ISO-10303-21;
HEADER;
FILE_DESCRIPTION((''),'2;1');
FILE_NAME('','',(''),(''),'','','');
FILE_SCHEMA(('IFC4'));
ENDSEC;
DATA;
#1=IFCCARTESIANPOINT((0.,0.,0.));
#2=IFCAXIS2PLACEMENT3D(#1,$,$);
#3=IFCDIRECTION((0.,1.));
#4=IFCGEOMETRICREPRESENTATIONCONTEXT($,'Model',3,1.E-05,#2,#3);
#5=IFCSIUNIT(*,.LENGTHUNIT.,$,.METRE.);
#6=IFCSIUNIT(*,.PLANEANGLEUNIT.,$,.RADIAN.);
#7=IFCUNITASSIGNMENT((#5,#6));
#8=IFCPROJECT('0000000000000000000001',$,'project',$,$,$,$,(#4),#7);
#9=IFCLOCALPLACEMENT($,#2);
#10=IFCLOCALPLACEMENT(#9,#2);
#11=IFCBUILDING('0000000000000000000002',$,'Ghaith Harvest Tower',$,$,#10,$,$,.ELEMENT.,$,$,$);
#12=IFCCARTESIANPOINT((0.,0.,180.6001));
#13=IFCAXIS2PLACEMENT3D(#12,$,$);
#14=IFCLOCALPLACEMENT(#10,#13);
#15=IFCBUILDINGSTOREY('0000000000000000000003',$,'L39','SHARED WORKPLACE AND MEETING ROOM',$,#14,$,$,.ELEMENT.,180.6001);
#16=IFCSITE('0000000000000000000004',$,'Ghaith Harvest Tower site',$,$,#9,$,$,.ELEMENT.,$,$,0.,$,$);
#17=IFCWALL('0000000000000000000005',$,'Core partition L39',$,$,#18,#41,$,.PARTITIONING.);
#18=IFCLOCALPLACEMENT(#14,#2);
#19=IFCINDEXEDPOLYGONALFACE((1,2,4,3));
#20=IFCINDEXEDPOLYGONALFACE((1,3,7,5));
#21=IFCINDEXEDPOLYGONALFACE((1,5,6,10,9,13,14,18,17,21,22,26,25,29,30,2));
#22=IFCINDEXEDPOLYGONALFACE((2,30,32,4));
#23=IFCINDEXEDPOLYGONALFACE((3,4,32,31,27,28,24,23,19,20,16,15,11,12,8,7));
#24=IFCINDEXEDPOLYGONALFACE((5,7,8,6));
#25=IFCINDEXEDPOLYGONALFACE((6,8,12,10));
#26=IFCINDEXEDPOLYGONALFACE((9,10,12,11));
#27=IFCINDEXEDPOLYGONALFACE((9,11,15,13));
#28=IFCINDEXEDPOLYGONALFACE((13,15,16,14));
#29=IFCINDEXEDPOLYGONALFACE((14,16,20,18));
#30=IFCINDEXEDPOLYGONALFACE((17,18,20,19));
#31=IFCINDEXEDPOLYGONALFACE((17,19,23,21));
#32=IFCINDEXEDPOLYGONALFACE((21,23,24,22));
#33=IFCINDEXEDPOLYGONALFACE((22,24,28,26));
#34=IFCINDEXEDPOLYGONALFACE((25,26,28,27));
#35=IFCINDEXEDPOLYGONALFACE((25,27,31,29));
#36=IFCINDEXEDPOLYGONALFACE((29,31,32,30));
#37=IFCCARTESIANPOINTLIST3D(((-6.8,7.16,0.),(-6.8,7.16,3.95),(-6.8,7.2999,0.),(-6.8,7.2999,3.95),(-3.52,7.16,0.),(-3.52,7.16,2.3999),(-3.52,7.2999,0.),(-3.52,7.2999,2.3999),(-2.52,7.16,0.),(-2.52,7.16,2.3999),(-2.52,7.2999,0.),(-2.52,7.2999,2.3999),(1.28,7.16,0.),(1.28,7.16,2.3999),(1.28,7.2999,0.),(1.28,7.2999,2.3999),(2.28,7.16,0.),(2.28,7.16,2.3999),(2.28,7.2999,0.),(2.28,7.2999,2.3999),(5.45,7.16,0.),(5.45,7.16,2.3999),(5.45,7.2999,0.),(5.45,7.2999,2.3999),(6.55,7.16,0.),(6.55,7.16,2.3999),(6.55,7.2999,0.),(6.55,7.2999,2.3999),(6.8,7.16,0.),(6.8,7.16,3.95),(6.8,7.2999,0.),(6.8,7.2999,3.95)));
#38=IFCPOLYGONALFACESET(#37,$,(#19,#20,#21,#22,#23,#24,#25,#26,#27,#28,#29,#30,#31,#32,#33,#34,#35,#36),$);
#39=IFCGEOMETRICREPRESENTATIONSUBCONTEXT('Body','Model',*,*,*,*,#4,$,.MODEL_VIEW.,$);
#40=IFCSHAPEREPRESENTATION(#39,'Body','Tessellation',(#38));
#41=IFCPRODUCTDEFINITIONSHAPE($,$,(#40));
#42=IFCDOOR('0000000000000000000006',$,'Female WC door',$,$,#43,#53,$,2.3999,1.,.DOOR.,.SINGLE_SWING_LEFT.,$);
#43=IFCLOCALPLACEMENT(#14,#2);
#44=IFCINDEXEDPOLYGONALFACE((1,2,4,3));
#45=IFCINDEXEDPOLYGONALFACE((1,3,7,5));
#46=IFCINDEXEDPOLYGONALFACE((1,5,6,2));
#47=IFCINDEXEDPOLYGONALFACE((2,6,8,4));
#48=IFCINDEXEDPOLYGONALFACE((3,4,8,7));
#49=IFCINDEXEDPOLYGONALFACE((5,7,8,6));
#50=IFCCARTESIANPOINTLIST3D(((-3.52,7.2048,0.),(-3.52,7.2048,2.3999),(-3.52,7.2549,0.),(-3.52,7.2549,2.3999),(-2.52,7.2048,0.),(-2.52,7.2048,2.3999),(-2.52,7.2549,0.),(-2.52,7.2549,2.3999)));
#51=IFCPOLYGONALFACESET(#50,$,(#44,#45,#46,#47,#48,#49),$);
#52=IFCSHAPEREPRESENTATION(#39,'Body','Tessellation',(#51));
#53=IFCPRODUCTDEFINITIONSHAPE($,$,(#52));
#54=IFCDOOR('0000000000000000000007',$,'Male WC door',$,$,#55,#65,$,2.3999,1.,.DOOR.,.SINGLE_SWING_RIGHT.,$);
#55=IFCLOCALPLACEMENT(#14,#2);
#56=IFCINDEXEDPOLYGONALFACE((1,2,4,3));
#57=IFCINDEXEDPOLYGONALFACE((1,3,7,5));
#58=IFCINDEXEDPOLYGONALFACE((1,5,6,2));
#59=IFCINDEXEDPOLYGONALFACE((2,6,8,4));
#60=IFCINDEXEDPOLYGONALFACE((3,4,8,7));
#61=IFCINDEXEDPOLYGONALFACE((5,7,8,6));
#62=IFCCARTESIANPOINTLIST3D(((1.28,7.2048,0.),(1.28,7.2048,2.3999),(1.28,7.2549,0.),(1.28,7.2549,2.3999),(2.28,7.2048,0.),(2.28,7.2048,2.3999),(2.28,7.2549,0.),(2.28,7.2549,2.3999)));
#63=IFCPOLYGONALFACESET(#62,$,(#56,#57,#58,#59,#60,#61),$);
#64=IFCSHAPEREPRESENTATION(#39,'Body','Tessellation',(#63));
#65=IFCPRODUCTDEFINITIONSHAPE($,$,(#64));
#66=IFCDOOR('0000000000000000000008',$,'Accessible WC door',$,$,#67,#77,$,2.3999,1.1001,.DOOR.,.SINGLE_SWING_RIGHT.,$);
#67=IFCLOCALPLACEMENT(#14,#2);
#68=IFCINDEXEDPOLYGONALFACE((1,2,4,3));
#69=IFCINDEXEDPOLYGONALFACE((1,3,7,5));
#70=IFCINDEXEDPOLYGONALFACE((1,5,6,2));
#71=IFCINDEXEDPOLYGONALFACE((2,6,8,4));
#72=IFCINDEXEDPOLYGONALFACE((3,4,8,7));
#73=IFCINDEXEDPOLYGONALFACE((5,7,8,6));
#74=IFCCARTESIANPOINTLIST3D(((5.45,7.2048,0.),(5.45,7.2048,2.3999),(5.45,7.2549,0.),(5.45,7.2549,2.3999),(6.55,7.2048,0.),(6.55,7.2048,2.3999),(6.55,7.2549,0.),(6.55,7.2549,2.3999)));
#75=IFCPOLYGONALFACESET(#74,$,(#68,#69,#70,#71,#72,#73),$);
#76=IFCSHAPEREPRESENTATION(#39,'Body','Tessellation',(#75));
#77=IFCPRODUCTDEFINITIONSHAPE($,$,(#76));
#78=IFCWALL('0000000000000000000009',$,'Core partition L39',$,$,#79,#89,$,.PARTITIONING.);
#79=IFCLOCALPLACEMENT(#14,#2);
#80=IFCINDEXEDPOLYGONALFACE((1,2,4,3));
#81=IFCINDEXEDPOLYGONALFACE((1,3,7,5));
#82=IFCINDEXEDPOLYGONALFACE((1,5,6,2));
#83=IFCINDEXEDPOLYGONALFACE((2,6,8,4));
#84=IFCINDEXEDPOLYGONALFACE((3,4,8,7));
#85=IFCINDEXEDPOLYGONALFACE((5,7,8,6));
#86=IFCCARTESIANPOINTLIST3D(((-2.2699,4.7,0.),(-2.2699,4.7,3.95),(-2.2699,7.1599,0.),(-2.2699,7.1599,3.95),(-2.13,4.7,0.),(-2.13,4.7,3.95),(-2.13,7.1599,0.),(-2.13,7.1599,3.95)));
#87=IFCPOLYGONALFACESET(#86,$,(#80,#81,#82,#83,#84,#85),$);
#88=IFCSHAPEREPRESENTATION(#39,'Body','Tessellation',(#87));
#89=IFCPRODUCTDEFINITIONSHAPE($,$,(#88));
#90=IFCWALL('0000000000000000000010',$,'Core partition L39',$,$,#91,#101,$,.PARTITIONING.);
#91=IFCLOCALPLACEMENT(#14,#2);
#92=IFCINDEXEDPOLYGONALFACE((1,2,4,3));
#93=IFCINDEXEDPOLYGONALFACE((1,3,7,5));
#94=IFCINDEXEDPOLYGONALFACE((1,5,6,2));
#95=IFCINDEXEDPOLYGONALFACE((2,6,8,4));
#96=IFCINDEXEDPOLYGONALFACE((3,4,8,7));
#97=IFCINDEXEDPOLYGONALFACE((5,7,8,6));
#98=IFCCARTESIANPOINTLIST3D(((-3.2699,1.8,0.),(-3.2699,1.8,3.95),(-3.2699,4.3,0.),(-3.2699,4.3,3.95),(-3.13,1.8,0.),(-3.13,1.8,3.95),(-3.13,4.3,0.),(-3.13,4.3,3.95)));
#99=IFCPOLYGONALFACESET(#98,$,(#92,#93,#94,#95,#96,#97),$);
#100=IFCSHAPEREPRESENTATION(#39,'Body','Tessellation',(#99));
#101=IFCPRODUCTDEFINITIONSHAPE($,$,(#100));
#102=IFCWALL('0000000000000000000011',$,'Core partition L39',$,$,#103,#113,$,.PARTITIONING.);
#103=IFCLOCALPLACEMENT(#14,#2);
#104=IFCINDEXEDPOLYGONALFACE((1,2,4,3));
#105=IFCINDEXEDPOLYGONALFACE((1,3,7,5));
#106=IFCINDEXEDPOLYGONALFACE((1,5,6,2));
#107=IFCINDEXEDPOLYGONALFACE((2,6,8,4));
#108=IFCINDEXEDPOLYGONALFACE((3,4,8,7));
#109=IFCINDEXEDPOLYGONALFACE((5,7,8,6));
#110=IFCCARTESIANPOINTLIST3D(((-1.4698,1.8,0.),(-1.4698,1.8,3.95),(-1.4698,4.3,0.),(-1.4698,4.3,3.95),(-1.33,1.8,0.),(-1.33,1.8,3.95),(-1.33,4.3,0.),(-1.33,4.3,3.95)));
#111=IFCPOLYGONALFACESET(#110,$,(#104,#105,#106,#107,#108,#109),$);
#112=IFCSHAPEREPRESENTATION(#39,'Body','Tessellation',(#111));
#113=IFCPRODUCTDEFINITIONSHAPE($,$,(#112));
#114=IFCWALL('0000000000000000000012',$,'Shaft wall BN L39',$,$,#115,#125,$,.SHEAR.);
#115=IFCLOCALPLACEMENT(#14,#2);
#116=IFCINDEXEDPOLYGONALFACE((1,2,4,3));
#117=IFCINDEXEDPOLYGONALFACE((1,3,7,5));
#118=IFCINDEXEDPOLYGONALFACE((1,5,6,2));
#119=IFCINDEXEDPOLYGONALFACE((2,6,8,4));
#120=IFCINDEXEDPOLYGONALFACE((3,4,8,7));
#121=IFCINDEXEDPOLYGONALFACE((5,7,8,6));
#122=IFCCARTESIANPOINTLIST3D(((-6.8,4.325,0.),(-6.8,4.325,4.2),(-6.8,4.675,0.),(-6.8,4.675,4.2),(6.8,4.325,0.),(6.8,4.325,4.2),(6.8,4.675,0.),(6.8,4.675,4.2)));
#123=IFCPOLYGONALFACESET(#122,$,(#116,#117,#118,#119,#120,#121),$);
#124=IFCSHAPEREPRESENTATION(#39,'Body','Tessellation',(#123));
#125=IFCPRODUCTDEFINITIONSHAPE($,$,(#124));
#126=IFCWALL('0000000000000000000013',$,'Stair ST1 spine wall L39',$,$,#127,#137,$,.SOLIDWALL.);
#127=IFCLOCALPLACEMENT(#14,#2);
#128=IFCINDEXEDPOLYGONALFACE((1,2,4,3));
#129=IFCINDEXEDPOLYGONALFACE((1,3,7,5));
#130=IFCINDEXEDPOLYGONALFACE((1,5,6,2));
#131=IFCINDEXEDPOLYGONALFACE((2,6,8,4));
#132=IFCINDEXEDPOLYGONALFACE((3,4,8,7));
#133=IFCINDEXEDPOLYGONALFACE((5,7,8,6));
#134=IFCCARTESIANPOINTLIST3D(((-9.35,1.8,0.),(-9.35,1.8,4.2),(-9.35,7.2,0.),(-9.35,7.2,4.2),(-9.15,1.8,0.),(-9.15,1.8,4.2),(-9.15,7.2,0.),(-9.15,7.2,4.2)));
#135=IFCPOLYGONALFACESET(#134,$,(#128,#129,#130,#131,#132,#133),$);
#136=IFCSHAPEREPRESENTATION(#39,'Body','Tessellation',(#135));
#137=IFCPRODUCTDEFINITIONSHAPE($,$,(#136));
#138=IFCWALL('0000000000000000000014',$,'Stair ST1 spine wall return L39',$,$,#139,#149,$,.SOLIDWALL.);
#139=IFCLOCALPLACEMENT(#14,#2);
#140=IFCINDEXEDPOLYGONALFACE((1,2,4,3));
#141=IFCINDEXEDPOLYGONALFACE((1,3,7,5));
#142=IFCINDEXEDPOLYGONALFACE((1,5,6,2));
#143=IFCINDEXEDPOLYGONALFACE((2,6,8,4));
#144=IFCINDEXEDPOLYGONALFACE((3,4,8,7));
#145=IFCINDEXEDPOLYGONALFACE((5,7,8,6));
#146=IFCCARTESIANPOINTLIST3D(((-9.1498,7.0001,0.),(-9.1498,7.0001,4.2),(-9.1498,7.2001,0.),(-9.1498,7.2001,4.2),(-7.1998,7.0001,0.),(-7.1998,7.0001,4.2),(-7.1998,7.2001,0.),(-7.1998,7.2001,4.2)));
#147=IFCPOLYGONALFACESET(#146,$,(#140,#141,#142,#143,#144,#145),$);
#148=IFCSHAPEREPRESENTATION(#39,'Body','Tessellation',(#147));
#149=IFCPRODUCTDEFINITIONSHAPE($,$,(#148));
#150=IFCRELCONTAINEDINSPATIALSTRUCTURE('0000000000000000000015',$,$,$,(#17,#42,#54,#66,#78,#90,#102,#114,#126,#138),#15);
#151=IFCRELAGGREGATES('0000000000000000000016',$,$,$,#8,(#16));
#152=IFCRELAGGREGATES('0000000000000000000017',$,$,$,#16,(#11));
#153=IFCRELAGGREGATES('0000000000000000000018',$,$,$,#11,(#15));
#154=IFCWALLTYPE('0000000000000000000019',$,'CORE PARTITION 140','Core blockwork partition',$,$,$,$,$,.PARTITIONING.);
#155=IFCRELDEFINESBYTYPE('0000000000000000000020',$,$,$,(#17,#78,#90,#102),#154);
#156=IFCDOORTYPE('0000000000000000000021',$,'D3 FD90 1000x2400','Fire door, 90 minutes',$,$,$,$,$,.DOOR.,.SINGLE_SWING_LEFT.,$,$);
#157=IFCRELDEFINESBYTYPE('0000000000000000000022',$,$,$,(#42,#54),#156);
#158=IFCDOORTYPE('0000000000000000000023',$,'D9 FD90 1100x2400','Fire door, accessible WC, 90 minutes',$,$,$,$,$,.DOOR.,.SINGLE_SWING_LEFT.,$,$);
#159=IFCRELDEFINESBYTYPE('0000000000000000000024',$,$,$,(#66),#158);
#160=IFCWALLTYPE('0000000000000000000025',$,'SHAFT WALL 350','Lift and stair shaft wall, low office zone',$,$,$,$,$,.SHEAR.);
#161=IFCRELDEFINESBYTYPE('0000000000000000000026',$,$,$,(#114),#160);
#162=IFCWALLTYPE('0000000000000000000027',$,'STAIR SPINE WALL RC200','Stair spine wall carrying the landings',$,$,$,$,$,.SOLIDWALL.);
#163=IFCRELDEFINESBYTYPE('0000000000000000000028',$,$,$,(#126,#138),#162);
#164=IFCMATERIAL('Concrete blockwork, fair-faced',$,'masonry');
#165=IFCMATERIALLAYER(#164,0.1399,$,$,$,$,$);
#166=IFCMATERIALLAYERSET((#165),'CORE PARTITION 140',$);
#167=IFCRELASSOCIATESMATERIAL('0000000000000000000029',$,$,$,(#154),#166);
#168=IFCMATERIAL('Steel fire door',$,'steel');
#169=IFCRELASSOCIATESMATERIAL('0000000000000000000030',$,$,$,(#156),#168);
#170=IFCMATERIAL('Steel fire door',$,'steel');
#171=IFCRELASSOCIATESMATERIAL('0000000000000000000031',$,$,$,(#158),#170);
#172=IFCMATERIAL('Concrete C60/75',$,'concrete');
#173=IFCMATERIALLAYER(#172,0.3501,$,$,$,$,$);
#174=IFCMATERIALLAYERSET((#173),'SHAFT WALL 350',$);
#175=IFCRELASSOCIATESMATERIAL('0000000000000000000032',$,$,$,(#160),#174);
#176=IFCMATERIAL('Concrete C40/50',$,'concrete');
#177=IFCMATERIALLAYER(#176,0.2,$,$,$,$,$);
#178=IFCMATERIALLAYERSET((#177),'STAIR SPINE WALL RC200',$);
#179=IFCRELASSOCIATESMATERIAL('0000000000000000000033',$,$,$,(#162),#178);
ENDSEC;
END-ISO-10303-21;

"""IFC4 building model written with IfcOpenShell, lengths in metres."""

from ifc_helpers import new_model, si_unit, direction, frame, frame_2d, origin, place, context, subcontext, project, spatial, rectangle, extrude, material, layer, layer_set, type_object, element, fill, save


model = new_model("IFC4")

# Units and contexts
model_context = context("Model", 3, precision=1e-05, world=origin(), true_north=direction((0.0, 1.0)))
body_context = subcontext(model_context, "Body", "Model", "MODEL_VIEW")
ifc_project = project(units=[si_unit("LENGTHUNIT", "METRE"), si_unit("PLANEANGLEUNIT", "RADIAN")], contexts=[model_context])

# Site, building, storey
site_placement = place(None, origin())
site = spatial("IfcSite", under=ifc_project, at=site_placement, Name="Ghaith Harvest Tower site", CompositionType="ELEMENT", RefElevation=0.0)
building_placement = place(site_placement, origin())
building = spatial("IfcBuilding", under=site, at=building_placement, Name="Ghaith Harvest Tower", CompositionType="ELEMENT")
storey_placement = place(building_placement, frame((0.0, 0.0, 180.6001)))
storey = spatial("IfcBuildingStorey", under=building, at=storey_placement, Name="L39", Description="SHARED WORKPLACE AND MEETING ROOM", CompositionType="ELEMENT", Elevation=180.6001)

# Wall, openings, doors
ifc_material_1 = material(Name="Concrete blockwork, fair-faced", Category="masonry")
ifc_layer_1 = layer(ifc_material_1, 0.1399)
ifc_layer_set_1 = layer_set([ifc_layer_1], Name="CORE PARTITION 140")
wall_type_1 = type_object("IfcWallType", Name="CORE PARTITION 140", Description="Core blockwork partition", PredefinedType="PARTITIONING", material=ifc_layer_set_1)
wall_1_placement = place(storey_placement, frame((-6.8, 7.23, 0.0), z_axis=(0.0, 0.0, 1.0), x_axis=(1.0, 0.0, 0.0)))
wall_1 = element("IfcWall", 1, at=wall_1_placement, inside=storey, type_object=wall_type_1, Name="Core partition L39", PredefinedType="PARTITIONING", context=body_context, shape_type="SweptSolid", body=[
    extrude(rectangle(XDim=13.6001, YDim=0.1399, at=frame_2d((6.8, 0.0))), origin(), (0.0, 0.0, 1.0), 3.95),
])
opening_1_placement = place(wall_1_placement, frame((3.28, 0.0, 0.0)))
opening_1 = element("IfcOpeningElement", 2, at=opening_1_placement, cuts=wall_1, PredefinedType="OPENING", context=body_context, shape_type="SweptSolid", body=[
    extrude(rectangle(XDim=1.0, YDim=2.3999, at=frame_2d((0.5, 1.2))), frame((0.0, 0.0801, 0.0), z_axis=(0.0, -1.0, 0.0), x_axis=(1.0, 0.0, 0.0)), (0.0, 0.0, 1.0), 0.1599),
])
opening_2_placement = place(wall_1_placement, frame((8.0801, 0.0, 0.0)))
opening_2 = element("IfcOpeningElement", 3, at=opening_2_placement, cuts=wall_1, PredefinedType="OPENING", context=body_context, shape_type="SweptSolid", body=[
    extrude(rectangle(XDim=1.0, YDim=2.3999, at=frame_2d((0.5, 1.2))), frame((0.0, 0.0801, 0.0), z_axis=(0.0, -1.0, 0.0), x_axis=(1.0, 0.0, 0.0)), (0.0, 0.0, 1.0), 0.1599),
])
opening_3_placement = place(wall_1_placement, frame((12.25, 0.0, 0.0)))
opening_3 = element("IfcOpeningElement", 4, at=opening_3_placement, cuts=wall_1, PredefinedType="OPENING", context=body_context, shape_type="SweptSolid", body=[
    extrude(rectangle(XDim=1.1001, YDim=2.3999, at=frame_2d((0.55, 1.2))), frame((0.0, 0.0801, 0.0), z_axis=(0.0, -1.0, 0.0), x_axis=(1.0, 0.0, 0.0)), (0.0, 0.0, 1.0), 0.1599),
])
ifc_material_2 = material(Name="Steel fire door", Category="steel")
door_type_1 = type_object("IfcDoorType", Name="D3 FD90 1000x2400", Description="Fire door, 90 minutes", OperationType="SINGLE_SWING_LEFT", PredefinedType="DOOR", material=ifc_material_2)
door_1_placement = place(opening_1_placement, origin())
door_1 = element("IfcDoor", 5, at=door_1_placement, inside=storey, type_object=door_type_1, Name="Female WC door", OperationType="SINGLE_SWING_LEFT", OverallHeight=2.3999, OverallWidth=1.0, PredefinedType="DOOR", context=body_context, shape_type="SweptSolid", body=[
    extrude(rectangle(XDim=1.0, YDim=2.3999, at=frame_2d((0.5, 1.2))), frame((0.0, 0.0249, 0.0), z_axis=(0.0, -1.0, 0.0), x_axis=(1.0, 0.0, 0.0)), (0.0, 0.0, 1.0), 0.05),
])
fill(opening_1, door_1)
door_2_placement = place(opening_2_placement, origin())
door_2 = element("IfcDoor", 6, at=door_2_placement, inside=storey, type_object=door_type_1, Name="Male WC door", OperationType="SINGLE_SWING_RIGHT", OverallHeight=2.3999, OverallWidth=1.0, PredefinedType="DOOR", context=body_context, shape_type="SweptSolid", body=[
    extrude(rectangle(XDim=1.0, YDim=2.3999, at=frame_2d((0.5, 1.2))), frame((0.0, 0.0249, 0.0), z_axis=(0.0, -1.0, 0.0), x_axis=(1.0, 0.0, 0.0)), (0.0, 0.0, 1.0), 0.05),
])
fill(opening_2, door_2)
ifc_material_3 = material(Name="Steel fire door", Category="steel")
door_type_2 = type_object("IfcDoorType", Name="D9 FD90 1100x2400", Description="Fire door, accessible WC, 90 minutes", OperationType="SINGLE_SWING_LEFT", PredefinedType="DOOR", material=ifc_material_3)
door_3_placement = place(opening_3_placement, origin())
door_3 = element("IfcDoor", 7, at=door_3_placement, inside=storey, type_object=door_type_2, Name="Accessible WC door", OperationType="SINGLE_SWING_RIGHT", OverallHeight=2.3999, OverallWidth=1.1001, PredefinedType="DOOR", context=body_context, shape_type="SweptSolid", body=[
    extrude(rectangle(XDim=1.1001, YDim=2.3999, at=frame_2d((0.55, 1.2))), frame((0.0, 0.0249, 0.0), z_axis=(0.0, -1.0, 0.0), x_axis=(1.0, 0.0, 0.0)), (0.0, 0.0, 1.0), 0.05),
])
fill(opening_3, door_3)

# Walls
wall_2_placement = place(storey_placement, frame((-2.2, 4.7, 0.0), z_axis=(0.0, 0.0, 1.0), x_axis=(0.0, 1.0, 0.0)))
element("IfcWall", 8, at=wall_2_placement, inside=storey, type_object=wall_type_1, Name="Core partition L39", PredefinedType="PARTITIONING", context=body_context, shape_type="SweptSolid", body=[
    extrude(rectangle(XDim=2.46, YDim=0.1399, at=frame_2d((1.23, 0.0))), origin(), (0.0, 0.0, 1.0), 3.95),
])
for number, where, z_axis, x_axis, name in (
    (9, (-3.2, 1.8, 0.0), (0.0, 0.0, 1.0), (0.0, 1.0, 0.0), "Core partition L39"),
    (10, (-1.3999, 1.8, 0.0), (0.0, 0.0, 1.0), (0.0, 1.0, 0.0), "Core partition L39"),
):
    element("IfcWall", number, at=place(storey_placement, frame(where, z_axis=z_axis, x_axis=x_axis)), inside=storey, type_object=wall_type_1, Name=name, PredefinedType="PARTITIONING", context=body_context, shape_type="SweptSolid", body=[
        extrude(rectangle(XDim=2.5, YDim=0.1399, at=frame_2d((1.25, 0.0))), origin(), (0.0, 0.0, 1.0), 3.95),
    ])

# Shared definitions
ifc_material_4 = material(Name="Concrete C60/75", Category="concrete")
ifc_layer_2 = layer(ifc_material_4, 0.3501)
ifc_layer_set_2 = layer_set([ifc_layer_2], Name="SHAFT WALL 350")
wall_type_2 = type_object("IfcWallType", Name="SHAFT WALL 350", Description="Lift and stair shaft wall, low office zone", PredefinedType="SHEAR", material=ifc_layer_set_2)

# Walls
wall_3_placement = place(storey_placement, frame((-6.8, 4.5, 0.0), z_axis=(0.0, 0.0, 1.0), x_axis=(1.0, 0.0, 0.0)))
element("IfcWall", 11, at=wall_3_placement, inside=storey, type_object=wall_type_2, Name="Shaft wall BN L39", PredefinedType="SHEAR", context=body_context, shape_type="SweptSolid", body=[
    extrude(rectangle(XDim=13.6001, YDim=0.3501, at=frame_2d((6.8, 0.0))), origin(), (0.0, 0.0, 1.0), 4.2),
])
ifc_material_5 = material(Name="Concrete C40/50", Category="concrete")
ifc_layer_3 = layer(ifc_material_5, 0.2)
ifc_layer_set_3 = layer_set([ifc_layer_3], Name="STAIR SPINE WALL RC200")
wall_type_3 = type_object("IfcWallType", Name="STAIR SPINE WALL RC200", Description="Stair spine wall carrying the landings", PredefinedType="SOLIDWALL", material=ifc_layer_set_3)
wall_4_placement = place(storey_placement, frame((-9.25, 7.2, 0.0), z_axis=(0.0, 0.0, 1.0), x_axis=(0.0, -1.0, 0.0)))
element("IfcWall", 12, at=wall_4_placement, inside=storey, type_object=wall_type_3, Name="Stair ST1 spine wall L39", PredefinedType="SOLIDWALL", context=body_context, shape_type="SweptSolid", body=[
    extrude(rectangle(XDim=5.3999, YDim=0.2, at=frame_2d((2.7, 0.0))), origin(), (0.0, 0.0, 1.0), 4.2),
])
wall_5_placement = place(storey_placement, frame((-9.1499, 7.1001, 0.0), z_axis=(0.0, 0.0, 1.0), x_axis=(1.0, 0.0, 0.0)))
element("IfcWall", 13, at=wall_5_placement, inside=storey, type_object=wall_type_3, Name="Stair ST1 spine wall return L39", PredefinedType="SOLIDWALL", context=body_context, shape_type="SweptSolid", body=[
    extrude(rectangle(XDim=1.95, YDim=0.2, at=frame_2d((0.9751, 0.0))), origin(), (0.0, 0.0, 1.0), 4.2),
])

save(model, "model.ifc")
